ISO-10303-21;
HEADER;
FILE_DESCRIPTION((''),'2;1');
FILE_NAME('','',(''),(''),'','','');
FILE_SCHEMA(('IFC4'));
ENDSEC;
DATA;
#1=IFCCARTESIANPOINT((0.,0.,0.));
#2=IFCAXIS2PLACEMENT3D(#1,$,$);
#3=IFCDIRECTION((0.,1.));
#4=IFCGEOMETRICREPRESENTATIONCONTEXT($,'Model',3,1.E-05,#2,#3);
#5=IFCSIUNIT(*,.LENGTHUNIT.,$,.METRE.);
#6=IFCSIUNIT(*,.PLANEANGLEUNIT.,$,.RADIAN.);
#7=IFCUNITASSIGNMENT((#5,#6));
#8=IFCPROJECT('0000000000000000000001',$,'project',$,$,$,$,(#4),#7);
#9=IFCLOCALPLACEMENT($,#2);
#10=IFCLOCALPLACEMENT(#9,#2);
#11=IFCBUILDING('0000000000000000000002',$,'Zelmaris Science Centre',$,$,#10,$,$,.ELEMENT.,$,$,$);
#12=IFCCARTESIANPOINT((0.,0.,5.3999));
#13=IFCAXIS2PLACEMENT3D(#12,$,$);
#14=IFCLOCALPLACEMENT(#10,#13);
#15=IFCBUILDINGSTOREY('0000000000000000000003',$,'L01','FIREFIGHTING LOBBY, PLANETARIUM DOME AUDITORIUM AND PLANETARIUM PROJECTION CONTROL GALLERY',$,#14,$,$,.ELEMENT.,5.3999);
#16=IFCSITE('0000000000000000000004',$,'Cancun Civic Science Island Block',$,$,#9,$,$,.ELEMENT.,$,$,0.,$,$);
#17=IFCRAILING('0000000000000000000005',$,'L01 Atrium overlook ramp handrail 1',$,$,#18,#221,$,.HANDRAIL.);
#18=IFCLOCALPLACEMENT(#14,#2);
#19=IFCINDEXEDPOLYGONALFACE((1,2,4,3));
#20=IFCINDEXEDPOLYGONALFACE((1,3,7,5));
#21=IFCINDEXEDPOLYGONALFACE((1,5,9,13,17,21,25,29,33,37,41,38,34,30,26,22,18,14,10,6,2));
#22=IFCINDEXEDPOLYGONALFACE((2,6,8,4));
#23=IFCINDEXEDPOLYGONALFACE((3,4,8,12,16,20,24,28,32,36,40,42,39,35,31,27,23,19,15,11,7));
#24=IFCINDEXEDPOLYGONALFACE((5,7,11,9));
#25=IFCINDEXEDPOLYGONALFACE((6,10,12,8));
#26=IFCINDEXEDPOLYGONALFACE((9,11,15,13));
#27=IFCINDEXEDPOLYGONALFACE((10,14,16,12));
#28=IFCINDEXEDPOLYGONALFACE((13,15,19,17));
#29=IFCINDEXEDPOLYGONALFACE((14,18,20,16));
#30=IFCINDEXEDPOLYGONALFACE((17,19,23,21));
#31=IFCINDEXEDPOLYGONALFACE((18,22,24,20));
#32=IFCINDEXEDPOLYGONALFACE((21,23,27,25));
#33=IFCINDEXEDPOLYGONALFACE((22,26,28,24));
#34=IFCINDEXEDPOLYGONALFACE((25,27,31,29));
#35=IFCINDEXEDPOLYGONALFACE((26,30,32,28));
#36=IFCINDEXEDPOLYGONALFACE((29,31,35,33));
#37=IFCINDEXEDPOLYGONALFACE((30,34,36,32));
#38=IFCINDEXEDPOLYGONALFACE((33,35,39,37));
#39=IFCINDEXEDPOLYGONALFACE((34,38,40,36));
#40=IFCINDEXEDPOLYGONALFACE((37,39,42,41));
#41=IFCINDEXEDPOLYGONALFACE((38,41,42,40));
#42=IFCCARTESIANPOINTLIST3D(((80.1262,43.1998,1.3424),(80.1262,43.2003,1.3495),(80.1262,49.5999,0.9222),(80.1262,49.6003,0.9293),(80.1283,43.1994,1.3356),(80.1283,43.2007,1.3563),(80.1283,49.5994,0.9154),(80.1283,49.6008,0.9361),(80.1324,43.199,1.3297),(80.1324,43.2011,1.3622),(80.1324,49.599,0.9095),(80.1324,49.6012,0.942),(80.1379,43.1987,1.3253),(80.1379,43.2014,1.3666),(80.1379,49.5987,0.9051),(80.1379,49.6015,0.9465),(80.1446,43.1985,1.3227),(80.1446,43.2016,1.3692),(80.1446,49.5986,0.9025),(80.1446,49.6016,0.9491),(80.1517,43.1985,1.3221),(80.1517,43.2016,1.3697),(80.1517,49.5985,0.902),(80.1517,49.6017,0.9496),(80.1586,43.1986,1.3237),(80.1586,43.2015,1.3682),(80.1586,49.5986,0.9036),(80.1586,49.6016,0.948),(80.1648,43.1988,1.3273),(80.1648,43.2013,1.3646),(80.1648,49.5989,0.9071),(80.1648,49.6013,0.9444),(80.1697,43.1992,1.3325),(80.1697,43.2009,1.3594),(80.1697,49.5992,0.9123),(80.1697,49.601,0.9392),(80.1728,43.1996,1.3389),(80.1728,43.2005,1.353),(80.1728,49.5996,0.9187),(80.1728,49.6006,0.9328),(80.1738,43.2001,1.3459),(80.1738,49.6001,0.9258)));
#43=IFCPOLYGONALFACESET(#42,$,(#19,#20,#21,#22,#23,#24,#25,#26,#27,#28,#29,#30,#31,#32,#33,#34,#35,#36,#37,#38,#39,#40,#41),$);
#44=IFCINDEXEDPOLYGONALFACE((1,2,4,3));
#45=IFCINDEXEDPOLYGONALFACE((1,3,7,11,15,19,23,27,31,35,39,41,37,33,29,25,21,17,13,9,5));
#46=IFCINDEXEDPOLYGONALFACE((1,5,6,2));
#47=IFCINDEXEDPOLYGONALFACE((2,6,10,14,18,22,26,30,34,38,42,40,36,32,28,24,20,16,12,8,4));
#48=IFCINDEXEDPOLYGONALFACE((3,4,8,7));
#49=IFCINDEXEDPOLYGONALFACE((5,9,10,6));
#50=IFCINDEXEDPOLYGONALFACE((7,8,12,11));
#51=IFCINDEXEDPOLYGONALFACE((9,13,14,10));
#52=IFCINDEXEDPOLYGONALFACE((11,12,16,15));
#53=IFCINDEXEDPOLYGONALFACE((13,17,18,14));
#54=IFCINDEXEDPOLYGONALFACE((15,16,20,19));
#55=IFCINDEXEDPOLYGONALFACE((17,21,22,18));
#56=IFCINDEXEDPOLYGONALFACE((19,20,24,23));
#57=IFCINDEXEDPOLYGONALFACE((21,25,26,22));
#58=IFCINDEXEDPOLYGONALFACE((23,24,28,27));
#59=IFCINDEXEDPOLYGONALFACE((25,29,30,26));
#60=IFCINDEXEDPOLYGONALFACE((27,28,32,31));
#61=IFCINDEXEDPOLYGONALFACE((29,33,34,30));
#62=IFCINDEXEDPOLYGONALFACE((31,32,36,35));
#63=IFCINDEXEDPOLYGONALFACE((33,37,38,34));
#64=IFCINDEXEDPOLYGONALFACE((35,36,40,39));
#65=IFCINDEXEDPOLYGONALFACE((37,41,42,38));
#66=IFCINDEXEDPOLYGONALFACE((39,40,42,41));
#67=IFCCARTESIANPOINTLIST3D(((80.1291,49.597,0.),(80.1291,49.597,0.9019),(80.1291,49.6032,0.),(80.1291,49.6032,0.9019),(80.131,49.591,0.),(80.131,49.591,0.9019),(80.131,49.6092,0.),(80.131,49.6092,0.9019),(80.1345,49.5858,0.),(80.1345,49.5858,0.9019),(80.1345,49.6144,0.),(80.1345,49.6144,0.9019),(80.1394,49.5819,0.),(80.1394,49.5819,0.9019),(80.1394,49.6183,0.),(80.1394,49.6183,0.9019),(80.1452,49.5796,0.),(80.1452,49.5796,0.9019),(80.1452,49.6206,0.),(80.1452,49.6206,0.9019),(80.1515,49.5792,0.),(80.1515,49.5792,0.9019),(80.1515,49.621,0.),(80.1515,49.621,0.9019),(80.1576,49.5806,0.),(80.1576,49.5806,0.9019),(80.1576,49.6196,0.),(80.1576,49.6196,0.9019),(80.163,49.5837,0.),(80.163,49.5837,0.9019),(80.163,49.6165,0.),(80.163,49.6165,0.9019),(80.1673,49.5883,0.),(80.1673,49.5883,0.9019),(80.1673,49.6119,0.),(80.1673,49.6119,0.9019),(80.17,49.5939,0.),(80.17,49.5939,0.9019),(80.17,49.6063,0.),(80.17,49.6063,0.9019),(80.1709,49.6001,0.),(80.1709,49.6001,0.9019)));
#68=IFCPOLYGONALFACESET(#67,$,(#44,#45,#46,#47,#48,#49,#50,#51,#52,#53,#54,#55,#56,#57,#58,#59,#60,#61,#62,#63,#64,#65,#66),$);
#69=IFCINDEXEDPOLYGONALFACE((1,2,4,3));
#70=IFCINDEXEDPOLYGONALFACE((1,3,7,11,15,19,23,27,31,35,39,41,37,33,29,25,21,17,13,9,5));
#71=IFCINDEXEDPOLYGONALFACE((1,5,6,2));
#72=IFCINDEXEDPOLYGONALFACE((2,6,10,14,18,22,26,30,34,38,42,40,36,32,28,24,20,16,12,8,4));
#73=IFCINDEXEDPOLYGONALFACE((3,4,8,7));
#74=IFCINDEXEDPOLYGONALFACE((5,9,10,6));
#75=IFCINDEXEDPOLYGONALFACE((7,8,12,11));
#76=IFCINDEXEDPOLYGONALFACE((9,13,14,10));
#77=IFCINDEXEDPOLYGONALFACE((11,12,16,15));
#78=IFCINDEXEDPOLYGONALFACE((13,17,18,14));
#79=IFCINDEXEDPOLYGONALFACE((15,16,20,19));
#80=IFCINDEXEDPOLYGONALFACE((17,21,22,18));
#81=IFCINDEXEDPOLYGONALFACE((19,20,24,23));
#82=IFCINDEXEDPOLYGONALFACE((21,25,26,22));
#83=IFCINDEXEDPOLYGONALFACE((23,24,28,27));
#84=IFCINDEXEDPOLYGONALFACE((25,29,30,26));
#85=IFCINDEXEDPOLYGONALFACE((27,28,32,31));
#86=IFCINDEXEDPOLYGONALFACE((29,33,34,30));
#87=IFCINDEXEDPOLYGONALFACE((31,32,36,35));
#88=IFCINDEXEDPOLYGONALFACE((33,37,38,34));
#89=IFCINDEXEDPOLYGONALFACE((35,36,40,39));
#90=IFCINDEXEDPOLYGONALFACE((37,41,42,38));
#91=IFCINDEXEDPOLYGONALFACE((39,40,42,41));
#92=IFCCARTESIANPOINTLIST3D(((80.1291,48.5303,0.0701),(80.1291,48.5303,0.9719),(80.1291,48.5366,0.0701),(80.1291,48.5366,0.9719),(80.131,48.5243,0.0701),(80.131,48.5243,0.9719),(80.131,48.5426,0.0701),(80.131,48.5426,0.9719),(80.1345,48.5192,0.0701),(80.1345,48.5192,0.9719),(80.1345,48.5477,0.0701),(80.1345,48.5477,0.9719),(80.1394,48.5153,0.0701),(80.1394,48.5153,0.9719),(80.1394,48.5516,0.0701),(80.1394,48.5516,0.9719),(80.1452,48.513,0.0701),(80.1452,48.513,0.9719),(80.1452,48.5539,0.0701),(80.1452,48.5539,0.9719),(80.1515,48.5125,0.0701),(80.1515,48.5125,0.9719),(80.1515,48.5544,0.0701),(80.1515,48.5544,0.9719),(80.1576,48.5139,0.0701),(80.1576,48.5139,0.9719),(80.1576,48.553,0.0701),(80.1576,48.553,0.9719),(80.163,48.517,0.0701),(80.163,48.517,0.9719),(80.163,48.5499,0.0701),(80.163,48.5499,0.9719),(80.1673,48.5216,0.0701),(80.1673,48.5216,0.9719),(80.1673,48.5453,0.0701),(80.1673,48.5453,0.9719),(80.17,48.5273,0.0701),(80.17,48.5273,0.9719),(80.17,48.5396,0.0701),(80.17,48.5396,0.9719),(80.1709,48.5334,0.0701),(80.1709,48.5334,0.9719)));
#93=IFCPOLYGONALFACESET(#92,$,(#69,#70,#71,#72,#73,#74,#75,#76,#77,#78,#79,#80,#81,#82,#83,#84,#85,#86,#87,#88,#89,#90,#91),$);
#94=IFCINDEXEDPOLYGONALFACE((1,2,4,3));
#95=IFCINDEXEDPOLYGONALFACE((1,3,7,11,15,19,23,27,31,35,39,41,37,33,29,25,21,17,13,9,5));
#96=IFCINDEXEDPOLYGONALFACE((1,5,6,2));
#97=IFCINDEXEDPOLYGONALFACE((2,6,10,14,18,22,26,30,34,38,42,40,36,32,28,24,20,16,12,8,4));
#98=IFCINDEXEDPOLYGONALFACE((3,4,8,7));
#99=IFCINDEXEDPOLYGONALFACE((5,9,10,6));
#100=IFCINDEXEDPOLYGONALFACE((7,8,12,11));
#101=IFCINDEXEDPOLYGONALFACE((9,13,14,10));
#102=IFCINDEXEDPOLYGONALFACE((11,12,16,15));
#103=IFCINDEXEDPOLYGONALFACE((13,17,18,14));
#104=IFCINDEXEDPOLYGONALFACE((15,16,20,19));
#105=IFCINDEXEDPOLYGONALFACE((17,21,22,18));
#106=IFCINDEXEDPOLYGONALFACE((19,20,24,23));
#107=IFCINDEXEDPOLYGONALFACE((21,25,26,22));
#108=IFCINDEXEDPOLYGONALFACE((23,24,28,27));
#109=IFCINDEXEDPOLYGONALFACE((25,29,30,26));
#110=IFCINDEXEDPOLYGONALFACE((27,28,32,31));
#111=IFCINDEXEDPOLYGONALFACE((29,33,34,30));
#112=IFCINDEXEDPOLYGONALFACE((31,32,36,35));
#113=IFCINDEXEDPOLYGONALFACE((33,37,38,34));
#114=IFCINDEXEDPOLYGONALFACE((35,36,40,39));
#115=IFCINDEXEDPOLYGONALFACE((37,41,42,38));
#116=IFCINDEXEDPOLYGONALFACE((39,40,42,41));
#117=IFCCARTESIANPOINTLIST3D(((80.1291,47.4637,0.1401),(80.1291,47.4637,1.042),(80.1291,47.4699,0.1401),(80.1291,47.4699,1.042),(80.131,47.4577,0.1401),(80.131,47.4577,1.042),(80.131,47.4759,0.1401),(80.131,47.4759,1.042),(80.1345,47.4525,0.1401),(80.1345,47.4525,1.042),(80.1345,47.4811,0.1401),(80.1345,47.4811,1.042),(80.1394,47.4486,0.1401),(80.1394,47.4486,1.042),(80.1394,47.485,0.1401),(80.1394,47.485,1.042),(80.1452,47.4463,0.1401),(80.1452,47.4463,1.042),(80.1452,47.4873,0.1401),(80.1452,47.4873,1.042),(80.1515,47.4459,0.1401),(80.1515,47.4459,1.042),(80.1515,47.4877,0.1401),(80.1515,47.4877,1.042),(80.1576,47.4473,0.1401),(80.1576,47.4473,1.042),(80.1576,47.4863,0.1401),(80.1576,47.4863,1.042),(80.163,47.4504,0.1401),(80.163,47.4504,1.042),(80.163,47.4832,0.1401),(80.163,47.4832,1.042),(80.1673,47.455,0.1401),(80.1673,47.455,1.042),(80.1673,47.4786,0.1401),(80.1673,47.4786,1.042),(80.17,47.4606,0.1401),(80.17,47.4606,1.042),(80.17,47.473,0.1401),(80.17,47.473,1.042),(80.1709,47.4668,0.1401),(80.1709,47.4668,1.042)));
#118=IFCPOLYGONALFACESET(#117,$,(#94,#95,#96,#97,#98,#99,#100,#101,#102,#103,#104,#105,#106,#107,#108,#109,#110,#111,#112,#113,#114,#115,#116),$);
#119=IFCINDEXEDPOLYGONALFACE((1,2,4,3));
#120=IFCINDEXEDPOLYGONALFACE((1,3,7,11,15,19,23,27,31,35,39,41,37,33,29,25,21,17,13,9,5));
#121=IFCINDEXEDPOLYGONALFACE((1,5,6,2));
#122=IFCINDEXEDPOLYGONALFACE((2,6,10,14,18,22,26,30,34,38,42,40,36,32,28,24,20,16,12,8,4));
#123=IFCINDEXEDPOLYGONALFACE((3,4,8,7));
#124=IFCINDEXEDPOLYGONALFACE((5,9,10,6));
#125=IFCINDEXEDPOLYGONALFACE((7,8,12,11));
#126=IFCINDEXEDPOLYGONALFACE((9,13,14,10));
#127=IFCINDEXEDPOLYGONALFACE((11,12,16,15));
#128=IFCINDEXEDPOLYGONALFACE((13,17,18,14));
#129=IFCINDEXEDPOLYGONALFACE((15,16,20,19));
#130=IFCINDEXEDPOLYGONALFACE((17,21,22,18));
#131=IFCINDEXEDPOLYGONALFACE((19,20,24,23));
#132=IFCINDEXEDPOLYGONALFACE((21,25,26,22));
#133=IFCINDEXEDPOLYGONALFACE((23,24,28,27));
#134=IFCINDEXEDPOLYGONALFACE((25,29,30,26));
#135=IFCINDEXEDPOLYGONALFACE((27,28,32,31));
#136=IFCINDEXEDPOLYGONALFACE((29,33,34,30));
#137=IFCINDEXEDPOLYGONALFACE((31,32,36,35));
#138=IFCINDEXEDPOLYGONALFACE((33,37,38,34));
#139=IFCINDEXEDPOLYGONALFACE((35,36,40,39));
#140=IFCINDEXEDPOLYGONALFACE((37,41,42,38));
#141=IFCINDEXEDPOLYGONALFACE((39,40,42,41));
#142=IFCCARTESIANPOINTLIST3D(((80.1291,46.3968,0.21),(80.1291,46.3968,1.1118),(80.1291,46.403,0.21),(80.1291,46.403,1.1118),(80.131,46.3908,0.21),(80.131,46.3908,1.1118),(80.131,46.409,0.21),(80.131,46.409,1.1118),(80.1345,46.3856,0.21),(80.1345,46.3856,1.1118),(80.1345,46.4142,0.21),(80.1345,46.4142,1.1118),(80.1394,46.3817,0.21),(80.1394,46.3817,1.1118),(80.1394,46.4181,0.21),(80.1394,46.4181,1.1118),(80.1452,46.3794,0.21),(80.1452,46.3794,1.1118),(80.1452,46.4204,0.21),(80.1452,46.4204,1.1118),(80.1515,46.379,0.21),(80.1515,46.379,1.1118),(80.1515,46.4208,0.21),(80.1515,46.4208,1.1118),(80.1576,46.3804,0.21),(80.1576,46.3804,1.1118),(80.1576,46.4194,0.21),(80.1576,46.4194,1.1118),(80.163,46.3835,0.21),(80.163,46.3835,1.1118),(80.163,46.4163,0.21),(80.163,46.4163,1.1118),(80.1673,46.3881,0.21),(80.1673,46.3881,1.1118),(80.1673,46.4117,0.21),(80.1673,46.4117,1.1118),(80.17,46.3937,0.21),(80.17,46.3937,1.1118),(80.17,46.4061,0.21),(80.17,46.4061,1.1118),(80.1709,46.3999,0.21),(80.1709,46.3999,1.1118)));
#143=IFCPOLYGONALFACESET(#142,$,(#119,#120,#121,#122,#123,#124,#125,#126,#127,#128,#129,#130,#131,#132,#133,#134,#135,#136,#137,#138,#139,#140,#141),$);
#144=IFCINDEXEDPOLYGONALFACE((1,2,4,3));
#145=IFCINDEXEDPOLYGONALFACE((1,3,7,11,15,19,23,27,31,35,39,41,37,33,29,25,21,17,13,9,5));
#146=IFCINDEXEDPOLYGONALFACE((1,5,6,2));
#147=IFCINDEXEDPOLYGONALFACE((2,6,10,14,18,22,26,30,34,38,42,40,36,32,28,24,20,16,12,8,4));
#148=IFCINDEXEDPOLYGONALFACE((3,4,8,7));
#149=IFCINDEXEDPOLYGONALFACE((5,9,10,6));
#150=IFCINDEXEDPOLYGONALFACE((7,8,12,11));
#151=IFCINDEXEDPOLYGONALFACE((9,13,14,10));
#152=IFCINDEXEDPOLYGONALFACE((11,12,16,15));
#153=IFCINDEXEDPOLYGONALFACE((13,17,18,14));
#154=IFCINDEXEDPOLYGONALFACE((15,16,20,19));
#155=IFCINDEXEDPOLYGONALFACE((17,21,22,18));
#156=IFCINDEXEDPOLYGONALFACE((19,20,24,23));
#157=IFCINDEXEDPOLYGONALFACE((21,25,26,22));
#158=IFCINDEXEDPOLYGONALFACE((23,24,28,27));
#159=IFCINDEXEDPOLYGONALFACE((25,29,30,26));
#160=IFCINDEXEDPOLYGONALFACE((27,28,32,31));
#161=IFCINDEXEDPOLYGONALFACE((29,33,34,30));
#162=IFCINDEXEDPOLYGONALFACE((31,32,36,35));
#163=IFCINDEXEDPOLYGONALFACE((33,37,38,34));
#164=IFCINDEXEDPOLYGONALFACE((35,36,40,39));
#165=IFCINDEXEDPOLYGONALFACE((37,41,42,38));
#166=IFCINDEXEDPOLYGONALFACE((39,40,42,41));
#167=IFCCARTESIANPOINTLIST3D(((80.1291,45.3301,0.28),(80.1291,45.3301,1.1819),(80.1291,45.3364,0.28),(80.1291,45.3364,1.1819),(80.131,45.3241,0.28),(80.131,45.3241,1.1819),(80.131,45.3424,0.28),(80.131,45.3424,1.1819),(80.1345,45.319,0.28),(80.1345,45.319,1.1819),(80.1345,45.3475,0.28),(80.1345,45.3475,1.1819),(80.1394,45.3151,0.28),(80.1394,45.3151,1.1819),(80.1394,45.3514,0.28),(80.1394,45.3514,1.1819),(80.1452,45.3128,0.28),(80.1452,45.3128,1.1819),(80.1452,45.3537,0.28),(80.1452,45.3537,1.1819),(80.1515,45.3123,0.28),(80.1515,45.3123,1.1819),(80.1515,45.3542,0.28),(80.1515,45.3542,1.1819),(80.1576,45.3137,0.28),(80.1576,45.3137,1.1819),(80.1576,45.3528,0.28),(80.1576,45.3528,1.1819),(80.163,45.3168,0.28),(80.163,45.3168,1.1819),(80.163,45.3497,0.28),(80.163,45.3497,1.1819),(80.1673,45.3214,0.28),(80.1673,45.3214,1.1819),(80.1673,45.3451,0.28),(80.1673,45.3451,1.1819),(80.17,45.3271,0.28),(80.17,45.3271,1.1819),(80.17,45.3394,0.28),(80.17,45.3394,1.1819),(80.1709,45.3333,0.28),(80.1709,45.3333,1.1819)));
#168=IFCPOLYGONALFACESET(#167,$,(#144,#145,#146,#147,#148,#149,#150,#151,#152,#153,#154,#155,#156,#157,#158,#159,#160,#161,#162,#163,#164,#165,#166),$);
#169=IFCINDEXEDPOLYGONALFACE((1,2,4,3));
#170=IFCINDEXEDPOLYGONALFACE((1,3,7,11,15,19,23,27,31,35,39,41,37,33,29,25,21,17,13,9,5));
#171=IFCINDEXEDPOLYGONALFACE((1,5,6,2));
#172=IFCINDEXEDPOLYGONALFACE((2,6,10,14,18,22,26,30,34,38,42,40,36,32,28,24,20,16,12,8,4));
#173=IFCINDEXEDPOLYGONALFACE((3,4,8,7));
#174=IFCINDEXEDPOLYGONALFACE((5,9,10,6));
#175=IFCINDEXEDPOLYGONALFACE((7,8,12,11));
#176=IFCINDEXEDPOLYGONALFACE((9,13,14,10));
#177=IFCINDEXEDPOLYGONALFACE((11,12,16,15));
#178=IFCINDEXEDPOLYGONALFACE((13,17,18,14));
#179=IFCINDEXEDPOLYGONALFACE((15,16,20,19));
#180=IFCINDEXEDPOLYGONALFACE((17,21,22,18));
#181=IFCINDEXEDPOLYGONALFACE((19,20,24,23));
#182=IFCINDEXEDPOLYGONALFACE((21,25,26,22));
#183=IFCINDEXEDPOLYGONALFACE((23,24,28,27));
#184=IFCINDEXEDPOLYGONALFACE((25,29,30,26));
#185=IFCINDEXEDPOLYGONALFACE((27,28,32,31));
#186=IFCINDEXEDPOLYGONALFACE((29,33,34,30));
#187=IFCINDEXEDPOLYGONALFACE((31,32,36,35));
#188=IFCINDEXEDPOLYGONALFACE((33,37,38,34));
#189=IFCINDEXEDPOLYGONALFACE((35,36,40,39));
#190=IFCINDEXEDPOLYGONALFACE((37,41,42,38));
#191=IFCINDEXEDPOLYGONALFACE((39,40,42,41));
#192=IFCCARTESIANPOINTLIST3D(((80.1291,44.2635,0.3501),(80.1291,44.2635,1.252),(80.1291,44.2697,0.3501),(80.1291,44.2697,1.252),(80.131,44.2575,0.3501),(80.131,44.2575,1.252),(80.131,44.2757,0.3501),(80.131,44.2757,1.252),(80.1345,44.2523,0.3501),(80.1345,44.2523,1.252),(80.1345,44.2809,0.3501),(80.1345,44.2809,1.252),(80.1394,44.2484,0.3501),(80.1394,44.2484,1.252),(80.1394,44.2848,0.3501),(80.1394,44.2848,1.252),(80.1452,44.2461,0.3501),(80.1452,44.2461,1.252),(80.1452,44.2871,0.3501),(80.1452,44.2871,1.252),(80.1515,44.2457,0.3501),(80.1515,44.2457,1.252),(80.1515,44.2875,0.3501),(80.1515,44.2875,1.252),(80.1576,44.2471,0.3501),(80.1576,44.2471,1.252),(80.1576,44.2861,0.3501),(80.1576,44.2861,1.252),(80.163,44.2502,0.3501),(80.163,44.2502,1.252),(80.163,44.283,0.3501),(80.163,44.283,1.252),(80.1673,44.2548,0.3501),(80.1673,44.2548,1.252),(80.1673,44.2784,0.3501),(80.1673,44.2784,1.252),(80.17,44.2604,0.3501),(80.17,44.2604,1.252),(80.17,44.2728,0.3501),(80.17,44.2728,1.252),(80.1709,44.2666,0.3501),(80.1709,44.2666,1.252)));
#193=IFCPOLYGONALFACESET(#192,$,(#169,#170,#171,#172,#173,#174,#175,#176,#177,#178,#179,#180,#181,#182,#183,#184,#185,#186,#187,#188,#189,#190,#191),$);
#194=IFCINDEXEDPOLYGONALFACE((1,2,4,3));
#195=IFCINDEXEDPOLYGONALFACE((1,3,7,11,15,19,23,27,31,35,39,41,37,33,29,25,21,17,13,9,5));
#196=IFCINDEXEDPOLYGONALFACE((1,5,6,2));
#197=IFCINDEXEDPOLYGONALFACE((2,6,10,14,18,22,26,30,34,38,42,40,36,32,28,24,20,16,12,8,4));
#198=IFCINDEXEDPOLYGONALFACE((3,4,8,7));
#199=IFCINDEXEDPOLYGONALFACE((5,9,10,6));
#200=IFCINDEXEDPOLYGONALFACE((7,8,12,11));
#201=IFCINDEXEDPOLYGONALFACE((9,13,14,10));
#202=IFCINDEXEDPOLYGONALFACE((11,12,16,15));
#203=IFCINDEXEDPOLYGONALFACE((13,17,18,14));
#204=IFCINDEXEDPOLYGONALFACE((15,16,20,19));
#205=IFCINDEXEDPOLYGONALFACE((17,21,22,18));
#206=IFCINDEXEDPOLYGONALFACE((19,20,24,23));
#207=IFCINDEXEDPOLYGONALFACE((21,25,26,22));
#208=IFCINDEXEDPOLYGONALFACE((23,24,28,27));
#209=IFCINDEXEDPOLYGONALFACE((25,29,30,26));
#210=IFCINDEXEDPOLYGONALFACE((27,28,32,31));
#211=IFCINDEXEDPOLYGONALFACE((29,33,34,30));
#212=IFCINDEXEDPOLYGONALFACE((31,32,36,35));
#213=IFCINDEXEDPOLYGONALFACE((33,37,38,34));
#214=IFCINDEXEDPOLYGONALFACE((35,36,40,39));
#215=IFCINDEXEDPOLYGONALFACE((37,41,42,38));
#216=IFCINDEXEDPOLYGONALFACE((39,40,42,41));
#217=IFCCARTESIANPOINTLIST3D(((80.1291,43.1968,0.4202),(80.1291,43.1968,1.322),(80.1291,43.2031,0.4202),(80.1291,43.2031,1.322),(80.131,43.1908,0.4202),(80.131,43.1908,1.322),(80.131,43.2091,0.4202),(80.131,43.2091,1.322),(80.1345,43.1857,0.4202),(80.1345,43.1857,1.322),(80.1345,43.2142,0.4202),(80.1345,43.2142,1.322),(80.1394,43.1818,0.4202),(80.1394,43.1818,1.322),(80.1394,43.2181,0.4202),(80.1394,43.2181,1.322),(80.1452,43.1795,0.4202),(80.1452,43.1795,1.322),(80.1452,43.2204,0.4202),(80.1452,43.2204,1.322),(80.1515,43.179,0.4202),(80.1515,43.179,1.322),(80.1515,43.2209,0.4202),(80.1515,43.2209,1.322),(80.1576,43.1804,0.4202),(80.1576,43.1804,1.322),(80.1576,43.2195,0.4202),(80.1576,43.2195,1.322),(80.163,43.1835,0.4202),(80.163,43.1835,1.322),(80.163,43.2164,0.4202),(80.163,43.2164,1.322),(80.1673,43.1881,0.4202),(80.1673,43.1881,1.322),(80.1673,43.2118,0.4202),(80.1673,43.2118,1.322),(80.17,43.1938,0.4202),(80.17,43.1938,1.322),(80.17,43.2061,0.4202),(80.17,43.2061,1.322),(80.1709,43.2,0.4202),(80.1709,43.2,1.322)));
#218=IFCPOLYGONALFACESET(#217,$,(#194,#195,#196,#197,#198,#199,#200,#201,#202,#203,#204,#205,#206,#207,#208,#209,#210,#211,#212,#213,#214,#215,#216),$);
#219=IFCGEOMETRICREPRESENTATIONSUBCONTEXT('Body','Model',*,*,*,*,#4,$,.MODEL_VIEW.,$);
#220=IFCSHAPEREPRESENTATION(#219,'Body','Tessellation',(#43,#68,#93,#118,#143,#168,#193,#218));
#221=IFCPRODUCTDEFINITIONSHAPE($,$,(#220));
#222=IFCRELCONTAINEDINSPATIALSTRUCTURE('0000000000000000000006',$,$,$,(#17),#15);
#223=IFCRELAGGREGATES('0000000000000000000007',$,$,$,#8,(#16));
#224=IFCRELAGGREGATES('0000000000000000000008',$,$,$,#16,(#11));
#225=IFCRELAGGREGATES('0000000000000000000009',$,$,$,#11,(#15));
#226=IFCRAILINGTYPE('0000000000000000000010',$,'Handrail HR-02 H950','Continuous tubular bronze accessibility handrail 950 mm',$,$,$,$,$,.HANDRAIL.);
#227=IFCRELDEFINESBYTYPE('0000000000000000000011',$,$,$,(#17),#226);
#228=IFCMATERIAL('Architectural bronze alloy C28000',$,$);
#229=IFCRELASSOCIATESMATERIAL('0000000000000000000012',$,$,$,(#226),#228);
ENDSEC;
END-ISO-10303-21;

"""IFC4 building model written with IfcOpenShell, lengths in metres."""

from ifc_helpers import new_model, si_unit, direction, frame, origin, origin_2d, place, context, subcontext, project, spatial, circle, extrude, material, type_object, element, save


model = new_model("IFC4")

# Units and contexts
model_context = context("Model", 3, precision=1e-05, world=origin(), true_north=direction((0.0, 1.0)))
body_context = subcontext(model_context, "Body", "Model", "MODEL_VIEW")
ifc_project = project(units=[si_unit("LENGTHUNIT", "METRE"), si_unit("PLANEANGLEUNIT", "RADIAN")], contexts=[model_context])

# Site, building, storey
site_placement = place(None, origin())
site = spatial("IfcSite", under=ifc_project, at=site_placement, Name="Cancun Civic Science Island Block", CompositionType="ELEMENT", RefElevation=0.0)
building_placement = place(site_placement, origin())
building = spatial("IfcBuilding", under=site, at=building_placement, Name="Zelmaris Science Centre", CompositionType="ELEMENT")
storey_placement = place(building_placement, frame((0.0, 0.0, 5.3999)))
storey = spatial("IfcBuildingStorey", under=building, at=storey_placement, Name="L01", Description="FIREFIGHTING LOBBY, PLANETARIUM DOME AUDITORIUM AND PLANETARIUM PROJECTION CONTROL GALLERY", CompositionType="ELEMENT", Elevation=5.3999)

# Railing
ifc_material_1 = material(Name="Architectural bronze alloy C28000")
railing_type_1 = type_object("IfcRailingType", Name="Handrail HR-02 H950", Description="Continuous tubular bronze accessibility handrail 950 mm", PredefinedType="HANDRAIL", material=ifc_material_1)
railing_1_placement = place(storey_placement, frame((80.1499, 49.6001, 0.0)))
element("IfcRailing", 1, at=railing_1_placement, inside=storey, type_object=railing_type_1, Name="L01 Atrium overlook ramp handrail 1", PredefinedType="HANDRAIL", context=body_context, shape_type="SweptSolid", body=[
    extrude(circle(Radius=0.0239, at=origin_2d()), frame((0.0, 0.0, 0.9258), z_axis=(0.0, -0.997852, 0.065508), x_axis=(1.0, 0.0, 0.0)), (0.0, 0.0, 1.0), 6.4138),
    extrude(circle(Radius=0.021, at=origin_2d()), origin(), (0.0, 0.0, 1.0), 0.9019),
    extrude(circle(Radius=0.021, at=origin_2d()), frame((0.0, -1.0667, 0.0701)), (0.0, 0.0, 1.0), 0.9019),
    extrude(circle(Radius=0.021, at=origin_2d()), frame((0.0, -2.1333, 0.1401)), (0.0, 0.0, 1.0), 0.9019),
    extrude(circle(Radius=0.021, at=origin_2d()), frame((0.0, -3.2002, 0.21)), (0.0, 0.0, 1.0), 0.9019),
    extrude(circle(Radius=0.021, at=origin_2d()), frame((0.0, -4.2668, 0.28)), (0.0, 0.0, 1.0), 0.9019),
    extrude(circle(Radius=0.021, at=origin_2d()), frame((0.0, -5.3335, 0.3501)), (0.0, 0.0, 1.0), 0.9019),
    extrude(circle(Radius=0.021, at=origin_2d()), frame((0.0, -6.4001, 0.4202)), (0.0, 0.0, 1.0), 0.9019),
])

save(model, "model.ifc")
